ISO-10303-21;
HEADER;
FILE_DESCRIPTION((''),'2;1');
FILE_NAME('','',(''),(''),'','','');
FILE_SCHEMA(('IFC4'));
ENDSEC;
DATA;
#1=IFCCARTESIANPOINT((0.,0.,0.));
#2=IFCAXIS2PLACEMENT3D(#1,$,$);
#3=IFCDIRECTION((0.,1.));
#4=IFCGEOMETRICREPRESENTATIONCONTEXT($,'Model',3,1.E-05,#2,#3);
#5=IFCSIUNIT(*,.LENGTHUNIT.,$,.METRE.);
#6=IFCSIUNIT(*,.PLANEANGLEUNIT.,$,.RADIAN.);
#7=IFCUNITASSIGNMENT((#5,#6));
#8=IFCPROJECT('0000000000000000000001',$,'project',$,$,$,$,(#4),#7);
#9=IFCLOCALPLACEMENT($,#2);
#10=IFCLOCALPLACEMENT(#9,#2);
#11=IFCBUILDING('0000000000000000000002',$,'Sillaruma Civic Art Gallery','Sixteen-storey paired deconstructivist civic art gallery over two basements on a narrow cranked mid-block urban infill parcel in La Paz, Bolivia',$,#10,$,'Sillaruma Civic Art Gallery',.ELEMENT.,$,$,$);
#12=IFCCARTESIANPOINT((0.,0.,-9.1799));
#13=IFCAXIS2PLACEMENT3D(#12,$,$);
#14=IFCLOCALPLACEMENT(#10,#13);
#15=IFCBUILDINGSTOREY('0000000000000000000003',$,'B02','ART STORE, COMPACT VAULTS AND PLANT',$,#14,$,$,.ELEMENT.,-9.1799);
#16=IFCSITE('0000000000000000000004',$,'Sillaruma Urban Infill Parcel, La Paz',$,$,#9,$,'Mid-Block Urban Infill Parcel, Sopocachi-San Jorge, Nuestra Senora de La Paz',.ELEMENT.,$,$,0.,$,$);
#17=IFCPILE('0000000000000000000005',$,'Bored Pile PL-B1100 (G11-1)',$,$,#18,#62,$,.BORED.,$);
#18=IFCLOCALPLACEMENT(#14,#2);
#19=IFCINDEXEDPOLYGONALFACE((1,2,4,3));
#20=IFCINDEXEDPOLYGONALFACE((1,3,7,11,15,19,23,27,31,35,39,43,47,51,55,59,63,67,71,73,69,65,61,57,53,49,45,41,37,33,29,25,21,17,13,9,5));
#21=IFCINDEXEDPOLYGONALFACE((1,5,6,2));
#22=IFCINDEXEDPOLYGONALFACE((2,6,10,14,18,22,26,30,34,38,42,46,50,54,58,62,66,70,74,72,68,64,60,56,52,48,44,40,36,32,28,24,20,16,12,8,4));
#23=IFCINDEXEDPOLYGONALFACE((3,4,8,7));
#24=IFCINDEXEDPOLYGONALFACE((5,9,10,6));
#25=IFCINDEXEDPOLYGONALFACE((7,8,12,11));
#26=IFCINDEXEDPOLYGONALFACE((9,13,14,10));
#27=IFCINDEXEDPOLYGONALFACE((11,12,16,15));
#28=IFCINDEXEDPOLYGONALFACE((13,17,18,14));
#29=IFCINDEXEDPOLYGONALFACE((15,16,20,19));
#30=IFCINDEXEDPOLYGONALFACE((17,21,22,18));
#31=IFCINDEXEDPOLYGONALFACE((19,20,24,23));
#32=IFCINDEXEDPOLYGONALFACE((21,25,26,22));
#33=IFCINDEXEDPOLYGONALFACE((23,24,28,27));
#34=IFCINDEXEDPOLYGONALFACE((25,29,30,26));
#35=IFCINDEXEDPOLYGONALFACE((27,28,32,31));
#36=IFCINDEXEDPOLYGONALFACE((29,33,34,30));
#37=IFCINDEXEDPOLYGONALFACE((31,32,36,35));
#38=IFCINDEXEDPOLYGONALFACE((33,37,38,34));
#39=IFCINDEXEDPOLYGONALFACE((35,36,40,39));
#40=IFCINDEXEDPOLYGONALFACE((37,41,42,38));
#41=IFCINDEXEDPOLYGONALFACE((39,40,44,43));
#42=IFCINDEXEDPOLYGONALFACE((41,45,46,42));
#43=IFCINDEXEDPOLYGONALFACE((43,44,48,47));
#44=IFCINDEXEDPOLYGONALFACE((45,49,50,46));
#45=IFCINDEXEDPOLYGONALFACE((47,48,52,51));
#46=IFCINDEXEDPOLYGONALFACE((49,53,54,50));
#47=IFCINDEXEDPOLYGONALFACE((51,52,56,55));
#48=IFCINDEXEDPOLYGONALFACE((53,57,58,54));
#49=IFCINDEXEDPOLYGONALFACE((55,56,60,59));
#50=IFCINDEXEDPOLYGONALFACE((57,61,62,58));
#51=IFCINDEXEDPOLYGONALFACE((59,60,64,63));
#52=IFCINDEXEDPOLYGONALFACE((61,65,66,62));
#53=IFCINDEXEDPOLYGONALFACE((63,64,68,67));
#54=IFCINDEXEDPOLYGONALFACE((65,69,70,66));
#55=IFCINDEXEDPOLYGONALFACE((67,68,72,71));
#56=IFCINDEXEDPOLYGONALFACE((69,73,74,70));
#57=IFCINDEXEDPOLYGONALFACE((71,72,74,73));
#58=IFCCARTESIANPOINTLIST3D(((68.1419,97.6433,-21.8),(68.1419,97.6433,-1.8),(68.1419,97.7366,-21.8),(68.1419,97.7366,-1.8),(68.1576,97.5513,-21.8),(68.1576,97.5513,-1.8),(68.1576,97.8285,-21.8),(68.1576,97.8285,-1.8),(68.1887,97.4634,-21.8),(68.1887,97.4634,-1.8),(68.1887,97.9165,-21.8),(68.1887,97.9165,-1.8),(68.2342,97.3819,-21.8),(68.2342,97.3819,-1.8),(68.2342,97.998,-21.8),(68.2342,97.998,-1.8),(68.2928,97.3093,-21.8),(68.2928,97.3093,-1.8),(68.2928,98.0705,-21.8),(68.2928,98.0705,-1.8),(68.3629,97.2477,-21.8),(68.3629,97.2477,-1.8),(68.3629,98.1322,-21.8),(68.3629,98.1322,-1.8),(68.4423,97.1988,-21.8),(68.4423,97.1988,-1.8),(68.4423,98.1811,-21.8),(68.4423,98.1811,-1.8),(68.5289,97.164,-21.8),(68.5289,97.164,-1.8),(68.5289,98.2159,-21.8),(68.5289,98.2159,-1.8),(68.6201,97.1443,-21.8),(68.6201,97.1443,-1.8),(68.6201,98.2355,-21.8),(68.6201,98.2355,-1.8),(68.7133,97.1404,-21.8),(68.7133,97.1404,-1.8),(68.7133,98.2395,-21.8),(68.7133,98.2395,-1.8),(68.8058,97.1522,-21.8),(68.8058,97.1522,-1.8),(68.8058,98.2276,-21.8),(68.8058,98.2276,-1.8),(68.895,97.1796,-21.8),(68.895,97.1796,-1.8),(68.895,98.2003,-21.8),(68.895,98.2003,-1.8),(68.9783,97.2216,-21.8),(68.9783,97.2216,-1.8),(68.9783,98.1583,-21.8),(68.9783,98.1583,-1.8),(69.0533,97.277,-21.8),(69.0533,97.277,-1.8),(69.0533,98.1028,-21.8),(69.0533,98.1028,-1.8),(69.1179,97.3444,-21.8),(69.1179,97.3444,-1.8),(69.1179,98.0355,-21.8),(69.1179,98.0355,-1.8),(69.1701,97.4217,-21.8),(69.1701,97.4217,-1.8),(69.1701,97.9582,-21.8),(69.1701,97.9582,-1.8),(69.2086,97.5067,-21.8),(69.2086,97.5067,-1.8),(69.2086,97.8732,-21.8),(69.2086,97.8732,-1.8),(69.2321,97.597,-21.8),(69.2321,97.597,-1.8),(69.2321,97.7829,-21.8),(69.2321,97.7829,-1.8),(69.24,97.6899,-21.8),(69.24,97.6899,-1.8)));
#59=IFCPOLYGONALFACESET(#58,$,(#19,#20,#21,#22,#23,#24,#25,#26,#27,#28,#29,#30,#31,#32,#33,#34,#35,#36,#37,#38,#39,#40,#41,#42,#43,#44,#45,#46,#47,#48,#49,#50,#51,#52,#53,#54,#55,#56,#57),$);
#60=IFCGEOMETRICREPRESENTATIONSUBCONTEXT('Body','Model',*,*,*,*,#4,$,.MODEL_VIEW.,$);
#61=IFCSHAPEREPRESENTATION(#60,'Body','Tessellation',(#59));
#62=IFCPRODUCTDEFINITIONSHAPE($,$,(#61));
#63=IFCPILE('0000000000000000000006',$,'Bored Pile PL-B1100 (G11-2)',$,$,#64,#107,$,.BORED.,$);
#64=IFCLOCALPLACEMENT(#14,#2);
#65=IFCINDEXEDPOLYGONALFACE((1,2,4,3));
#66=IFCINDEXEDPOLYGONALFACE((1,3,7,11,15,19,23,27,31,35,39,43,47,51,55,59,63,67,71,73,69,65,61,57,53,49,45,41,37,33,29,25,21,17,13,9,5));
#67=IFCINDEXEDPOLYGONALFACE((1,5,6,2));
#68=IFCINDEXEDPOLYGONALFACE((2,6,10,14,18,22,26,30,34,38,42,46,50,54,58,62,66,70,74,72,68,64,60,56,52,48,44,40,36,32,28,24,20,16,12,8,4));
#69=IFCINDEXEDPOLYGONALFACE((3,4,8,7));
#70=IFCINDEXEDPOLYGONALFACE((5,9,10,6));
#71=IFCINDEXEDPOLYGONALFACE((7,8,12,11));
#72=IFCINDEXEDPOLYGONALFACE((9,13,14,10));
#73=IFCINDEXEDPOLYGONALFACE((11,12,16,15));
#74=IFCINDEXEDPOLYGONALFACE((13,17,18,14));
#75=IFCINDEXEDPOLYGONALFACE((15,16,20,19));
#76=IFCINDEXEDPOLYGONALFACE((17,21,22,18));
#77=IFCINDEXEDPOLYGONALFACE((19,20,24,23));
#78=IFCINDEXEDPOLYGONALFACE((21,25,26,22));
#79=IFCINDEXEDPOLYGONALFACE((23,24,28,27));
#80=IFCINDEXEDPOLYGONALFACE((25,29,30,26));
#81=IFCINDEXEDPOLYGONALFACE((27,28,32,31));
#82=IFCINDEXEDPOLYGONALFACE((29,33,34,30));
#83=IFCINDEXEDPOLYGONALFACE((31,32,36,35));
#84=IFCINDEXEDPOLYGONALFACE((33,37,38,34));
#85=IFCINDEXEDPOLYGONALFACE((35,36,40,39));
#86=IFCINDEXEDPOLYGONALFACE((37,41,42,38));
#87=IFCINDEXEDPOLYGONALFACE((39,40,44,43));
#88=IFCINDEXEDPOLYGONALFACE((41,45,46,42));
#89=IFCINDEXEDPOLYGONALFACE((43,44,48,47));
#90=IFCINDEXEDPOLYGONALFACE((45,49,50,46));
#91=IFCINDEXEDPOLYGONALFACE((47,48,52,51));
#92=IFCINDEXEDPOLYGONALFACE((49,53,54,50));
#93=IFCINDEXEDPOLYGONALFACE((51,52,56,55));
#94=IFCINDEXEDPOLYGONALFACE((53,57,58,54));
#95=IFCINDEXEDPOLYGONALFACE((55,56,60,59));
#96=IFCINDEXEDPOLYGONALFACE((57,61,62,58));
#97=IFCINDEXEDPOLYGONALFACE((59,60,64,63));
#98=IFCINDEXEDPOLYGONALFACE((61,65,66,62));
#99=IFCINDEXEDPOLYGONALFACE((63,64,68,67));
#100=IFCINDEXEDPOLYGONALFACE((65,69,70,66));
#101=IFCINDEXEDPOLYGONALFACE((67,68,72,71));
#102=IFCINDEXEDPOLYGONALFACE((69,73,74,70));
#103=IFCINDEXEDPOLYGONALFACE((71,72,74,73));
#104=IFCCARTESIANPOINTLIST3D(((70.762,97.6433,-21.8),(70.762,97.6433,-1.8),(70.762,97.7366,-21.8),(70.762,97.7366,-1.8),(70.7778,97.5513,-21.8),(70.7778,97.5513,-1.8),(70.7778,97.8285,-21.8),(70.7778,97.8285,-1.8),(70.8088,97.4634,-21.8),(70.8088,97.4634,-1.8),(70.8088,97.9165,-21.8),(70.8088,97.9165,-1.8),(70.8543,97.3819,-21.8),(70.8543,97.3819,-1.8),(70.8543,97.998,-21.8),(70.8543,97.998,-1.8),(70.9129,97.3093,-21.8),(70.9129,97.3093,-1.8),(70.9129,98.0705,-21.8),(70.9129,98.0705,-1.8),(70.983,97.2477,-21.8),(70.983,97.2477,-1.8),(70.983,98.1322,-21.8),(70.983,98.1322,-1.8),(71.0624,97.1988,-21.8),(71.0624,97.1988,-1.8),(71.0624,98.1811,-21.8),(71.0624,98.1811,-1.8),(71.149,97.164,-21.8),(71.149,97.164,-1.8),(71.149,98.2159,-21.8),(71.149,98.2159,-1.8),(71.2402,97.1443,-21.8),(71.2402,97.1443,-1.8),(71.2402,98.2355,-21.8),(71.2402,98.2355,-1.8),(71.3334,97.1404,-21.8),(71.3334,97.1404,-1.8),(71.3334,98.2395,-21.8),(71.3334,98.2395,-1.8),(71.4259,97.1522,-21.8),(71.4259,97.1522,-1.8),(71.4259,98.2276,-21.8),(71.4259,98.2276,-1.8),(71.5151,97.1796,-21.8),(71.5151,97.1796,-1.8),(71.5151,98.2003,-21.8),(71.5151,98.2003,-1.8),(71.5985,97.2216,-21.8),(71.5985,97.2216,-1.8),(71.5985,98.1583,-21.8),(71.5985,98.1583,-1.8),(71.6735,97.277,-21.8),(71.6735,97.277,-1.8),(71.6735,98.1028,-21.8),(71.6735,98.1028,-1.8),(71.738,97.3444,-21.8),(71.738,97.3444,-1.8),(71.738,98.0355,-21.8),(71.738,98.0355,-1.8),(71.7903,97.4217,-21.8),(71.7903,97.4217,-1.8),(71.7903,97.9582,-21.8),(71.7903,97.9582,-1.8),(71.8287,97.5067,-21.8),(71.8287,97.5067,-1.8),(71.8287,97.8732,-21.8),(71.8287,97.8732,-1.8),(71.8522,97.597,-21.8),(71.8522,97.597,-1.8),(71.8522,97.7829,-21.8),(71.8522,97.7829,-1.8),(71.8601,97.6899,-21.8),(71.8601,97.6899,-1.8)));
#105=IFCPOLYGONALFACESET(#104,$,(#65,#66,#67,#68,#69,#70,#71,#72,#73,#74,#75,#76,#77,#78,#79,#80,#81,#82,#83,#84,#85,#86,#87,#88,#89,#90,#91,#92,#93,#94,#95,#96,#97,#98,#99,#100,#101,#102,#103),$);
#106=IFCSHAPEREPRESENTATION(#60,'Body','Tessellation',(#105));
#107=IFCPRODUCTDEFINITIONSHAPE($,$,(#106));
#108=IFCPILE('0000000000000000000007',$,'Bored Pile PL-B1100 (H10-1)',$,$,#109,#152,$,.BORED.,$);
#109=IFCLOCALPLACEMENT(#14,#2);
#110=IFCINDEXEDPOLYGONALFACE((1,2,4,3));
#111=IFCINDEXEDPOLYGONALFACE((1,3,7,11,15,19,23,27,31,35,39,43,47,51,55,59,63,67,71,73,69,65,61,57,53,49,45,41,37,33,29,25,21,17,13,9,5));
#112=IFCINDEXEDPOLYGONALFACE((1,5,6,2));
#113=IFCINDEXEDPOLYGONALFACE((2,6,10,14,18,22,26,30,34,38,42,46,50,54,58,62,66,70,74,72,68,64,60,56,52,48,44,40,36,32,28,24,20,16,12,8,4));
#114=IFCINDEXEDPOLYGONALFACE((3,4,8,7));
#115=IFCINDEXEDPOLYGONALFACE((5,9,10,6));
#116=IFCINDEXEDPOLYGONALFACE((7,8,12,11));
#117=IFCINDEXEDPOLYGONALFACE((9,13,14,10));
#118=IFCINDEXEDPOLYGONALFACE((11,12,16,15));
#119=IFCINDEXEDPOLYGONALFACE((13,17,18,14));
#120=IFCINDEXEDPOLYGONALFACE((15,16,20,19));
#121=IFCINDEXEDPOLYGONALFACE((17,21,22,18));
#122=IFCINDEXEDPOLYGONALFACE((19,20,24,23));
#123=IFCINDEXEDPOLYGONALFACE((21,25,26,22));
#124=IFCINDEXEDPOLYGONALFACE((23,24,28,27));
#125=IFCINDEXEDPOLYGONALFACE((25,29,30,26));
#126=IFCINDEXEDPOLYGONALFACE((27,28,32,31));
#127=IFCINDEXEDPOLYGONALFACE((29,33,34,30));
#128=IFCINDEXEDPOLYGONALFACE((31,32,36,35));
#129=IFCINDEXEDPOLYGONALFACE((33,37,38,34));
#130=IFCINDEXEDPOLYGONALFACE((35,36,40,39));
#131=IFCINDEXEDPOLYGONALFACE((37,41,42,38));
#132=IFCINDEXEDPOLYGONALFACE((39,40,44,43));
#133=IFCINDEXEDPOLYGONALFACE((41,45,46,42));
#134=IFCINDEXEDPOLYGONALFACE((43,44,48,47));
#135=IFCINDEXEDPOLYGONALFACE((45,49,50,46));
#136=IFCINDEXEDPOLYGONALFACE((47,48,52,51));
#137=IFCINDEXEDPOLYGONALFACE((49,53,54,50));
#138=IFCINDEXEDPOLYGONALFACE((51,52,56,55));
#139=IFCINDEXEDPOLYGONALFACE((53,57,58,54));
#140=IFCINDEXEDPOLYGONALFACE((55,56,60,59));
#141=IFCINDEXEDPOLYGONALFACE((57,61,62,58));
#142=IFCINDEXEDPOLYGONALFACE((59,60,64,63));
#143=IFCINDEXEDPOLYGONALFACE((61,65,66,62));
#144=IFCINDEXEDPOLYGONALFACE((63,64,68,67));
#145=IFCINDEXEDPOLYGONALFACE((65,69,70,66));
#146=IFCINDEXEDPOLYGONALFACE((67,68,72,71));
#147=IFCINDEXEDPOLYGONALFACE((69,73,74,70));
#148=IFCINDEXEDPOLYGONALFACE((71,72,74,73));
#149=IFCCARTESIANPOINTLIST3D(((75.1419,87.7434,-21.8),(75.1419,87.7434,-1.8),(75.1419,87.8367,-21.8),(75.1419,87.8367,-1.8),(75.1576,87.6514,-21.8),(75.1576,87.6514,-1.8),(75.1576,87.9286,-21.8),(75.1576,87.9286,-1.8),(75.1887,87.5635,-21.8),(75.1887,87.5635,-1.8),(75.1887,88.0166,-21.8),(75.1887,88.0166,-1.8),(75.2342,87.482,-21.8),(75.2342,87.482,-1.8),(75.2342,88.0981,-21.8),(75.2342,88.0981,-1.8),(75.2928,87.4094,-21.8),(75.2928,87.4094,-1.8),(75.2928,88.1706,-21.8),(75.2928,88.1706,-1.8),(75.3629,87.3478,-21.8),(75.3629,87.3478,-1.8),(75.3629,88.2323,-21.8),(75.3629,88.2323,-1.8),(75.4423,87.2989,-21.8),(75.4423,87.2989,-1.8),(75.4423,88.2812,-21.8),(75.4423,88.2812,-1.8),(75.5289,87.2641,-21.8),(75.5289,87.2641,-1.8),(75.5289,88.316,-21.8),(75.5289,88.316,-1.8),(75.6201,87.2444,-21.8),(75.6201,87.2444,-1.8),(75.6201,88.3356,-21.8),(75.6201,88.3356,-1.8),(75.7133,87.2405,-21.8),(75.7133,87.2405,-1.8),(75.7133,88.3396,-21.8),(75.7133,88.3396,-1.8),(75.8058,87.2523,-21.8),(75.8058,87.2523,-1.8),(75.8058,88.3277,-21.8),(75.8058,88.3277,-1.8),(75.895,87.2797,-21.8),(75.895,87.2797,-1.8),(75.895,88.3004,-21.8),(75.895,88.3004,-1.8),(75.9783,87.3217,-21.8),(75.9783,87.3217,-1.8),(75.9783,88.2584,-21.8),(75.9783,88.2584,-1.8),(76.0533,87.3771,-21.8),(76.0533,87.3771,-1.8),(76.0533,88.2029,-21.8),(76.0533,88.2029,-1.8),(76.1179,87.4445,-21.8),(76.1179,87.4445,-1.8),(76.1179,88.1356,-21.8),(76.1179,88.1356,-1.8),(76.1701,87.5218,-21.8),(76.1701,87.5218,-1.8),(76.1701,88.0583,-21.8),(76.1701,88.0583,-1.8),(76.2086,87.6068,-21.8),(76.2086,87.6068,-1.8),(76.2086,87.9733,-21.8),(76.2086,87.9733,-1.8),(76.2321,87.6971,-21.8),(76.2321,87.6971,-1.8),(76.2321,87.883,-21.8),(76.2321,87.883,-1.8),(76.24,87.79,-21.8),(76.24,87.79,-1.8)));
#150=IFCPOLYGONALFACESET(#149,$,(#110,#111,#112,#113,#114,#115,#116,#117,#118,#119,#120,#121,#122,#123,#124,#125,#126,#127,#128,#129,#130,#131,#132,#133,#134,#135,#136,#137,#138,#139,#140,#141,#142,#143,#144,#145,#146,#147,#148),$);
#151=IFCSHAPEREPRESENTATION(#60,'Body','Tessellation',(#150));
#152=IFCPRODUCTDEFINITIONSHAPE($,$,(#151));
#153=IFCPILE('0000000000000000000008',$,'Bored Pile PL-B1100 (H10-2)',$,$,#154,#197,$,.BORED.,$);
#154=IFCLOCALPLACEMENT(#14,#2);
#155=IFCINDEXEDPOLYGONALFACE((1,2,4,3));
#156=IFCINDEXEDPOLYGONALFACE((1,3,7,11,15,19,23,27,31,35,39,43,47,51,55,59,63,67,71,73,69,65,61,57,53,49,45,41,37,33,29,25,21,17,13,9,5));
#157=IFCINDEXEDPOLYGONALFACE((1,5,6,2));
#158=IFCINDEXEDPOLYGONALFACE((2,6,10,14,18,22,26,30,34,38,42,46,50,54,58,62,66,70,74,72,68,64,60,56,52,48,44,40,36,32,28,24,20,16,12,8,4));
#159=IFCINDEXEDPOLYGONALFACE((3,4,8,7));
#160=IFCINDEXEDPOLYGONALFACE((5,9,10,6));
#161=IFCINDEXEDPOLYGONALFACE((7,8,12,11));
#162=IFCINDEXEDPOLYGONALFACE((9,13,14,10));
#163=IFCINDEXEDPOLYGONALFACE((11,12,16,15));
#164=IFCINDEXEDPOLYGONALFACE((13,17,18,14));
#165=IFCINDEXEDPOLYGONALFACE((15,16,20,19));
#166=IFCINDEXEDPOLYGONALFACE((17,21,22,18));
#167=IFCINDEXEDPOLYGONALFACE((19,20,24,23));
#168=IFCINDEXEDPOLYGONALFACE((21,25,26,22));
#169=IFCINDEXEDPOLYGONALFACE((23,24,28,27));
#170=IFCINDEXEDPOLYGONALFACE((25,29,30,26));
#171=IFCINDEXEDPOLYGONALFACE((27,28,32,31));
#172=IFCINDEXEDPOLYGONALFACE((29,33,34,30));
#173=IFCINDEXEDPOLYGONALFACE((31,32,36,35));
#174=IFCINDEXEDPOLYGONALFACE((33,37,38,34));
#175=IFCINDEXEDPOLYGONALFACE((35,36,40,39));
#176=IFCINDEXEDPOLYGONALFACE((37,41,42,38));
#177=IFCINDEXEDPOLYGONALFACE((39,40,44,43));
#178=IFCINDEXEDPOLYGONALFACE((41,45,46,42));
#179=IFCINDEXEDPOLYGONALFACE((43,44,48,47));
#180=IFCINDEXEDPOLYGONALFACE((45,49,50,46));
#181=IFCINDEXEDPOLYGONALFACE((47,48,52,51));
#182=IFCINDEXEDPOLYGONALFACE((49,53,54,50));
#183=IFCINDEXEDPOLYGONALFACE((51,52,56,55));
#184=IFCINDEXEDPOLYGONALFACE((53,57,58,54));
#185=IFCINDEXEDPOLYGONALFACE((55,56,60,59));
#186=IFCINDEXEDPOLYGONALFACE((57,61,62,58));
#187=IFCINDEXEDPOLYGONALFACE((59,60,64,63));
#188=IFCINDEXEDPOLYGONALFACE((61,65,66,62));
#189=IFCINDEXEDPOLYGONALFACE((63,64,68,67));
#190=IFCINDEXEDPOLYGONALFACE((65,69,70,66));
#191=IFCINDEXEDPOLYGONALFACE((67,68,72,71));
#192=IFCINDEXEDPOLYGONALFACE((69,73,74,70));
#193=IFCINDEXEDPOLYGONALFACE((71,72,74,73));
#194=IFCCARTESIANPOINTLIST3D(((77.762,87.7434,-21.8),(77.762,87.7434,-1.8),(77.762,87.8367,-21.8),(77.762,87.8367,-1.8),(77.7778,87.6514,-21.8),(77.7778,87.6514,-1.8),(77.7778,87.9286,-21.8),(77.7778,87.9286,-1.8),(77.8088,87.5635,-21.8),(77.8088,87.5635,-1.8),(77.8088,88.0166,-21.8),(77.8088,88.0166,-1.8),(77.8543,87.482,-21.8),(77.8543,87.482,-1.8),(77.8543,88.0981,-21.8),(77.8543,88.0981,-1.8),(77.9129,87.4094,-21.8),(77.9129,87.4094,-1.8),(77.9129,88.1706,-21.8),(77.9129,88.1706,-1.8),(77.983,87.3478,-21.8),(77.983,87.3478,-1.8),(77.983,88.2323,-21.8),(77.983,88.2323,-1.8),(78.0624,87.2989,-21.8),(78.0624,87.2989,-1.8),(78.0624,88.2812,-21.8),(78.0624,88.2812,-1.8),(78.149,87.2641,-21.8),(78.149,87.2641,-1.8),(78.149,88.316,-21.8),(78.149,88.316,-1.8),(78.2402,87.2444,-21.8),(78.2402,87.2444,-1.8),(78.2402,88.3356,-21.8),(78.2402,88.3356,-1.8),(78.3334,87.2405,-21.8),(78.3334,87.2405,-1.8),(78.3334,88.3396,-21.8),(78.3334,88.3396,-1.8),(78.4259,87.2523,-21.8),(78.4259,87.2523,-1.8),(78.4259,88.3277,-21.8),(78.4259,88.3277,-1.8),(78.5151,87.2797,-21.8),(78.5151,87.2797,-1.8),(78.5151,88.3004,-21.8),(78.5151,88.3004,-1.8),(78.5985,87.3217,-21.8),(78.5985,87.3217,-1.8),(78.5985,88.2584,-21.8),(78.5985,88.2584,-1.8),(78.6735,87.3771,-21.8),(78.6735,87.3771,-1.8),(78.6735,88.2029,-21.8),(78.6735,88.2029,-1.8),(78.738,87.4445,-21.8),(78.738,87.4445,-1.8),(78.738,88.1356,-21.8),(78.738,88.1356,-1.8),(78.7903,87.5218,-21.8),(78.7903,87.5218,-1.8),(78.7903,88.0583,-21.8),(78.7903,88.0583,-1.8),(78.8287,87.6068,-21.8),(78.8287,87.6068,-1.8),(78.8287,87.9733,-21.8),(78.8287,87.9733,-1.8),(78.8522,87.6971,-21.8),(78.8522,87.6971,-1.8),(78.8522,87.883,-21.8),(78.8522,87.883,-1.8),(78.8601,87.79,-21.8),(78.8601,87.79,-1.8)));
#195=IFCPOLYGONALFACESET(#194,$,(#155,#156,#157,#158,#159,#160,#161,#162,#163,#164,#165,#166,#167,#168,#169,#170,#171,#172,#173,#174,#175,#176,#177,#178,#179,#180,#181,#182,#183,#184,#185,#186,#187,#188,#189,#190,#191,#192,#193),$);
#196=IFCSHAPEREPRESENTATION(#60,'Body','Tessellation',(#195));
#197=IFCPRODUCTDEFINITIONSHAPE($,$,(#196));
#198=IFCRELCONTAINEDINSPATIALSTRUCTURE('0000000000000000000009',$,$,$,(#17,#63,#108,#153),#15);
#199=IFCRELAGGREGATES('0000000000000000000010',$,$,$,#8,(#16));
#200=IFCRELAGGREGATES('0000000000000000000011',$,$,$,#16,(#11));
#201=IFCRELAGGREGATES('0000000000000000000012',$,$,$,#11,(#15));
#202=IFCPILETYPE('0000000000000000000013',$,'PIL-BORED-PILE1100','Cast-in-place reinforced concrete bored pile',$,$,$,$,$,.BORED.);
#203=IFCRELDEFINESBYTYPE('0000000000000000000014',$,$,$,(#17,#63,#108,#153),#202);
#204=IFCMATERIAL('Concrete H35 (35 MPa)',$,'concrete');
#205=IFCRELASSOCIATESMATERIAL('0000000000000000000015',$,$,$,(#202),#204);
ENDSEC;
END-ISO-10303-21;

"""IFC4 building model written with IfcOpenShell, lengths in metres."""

from ifc_helpers import new_model, si_unit, direction, frame, origin, origin_2d, place, context, subcontext, project, spatial, circle, extrude, material, material_profile, profile_set, type_object, element, save


model = new_model("IFC4")

# Units and contexts
model_context = context("Model", 3, precision=1e-05, world=origin(), true_north=direction((0.0, 1.0)))
body_context = subcontext(model_context, "Body", "Model", "MODEL_VIEW")
ifc_project = project(units=[si_unit("LENGTHUNIT", "METRE"), si_unit("PLANEANGLEUNIT", "RADIAN")], contexts=[model_context])

# Site, building, storey
site_placement = place(None, origin())
site = spatial("IfcSite", under=ifc_project, at=site_placement, Name="Sillaruma Urban Infill Parcel, La Paz", LongName="Mid-Block Urban Infill Parcel, Sopocachi-San Jorge, Nuestra Senora de La Paz", CompositionType="ELEMENT", RefElevation=0.0)
building_placement = place(site_placement, origin())
building = spatial("IfcBuilding", under=site, at=building_placement, Name="Sillaruma Civic Art Gallery", Description="Sixteen-storey paired deconstructivist civic art gallery over two basements on a narrow cranked mid-block urban infill parcel in La Paz, Bolivia", LongName="Sillaruma Civic Art Gallery", CompositionType="ELEMENT")
storey_placement = place(building_placement, frame((0.0, 0.0, -9.1799)))
storey = spatial("IfcBuildingStorey", under=building, at=storey_placement, Name="B02", Description="ART STORE, COMPACT VAULTS AND PLANT", CompositionType="ELEMENT", Elevation=-9.1799)

# Shared definitions
ifc_material_1 = material(Name="Concrete H35 (35 MPa)", Category="concrete")

# Piles
ifc_material_profile_1 = material_profile(ifc_material_1, circle(Radius=0.55, at=origin_2d()), Name="PILE1100")
ifc_profile_set_1 = profile_set([ifc_material_profile_1], Name="Concrete H35 (35 MPa)")
pile_type_1 = type_object("IfcPileType", Name="PIL-BORED-PILE1100", Description="Cast-in-place reinforced concrete bored pile", PredefinedType="BORED", material=ifc_profile_set_1)
for number, where, z_axis, x_axis, name in (
    (1, (68.6899, 97.6899, -1.8), (0.0, 0.0, -1.0), (1.0, 0.0, 0.0), "Bored Pile PL-B1100 (G11-1)"),
    (2, (71.3101, 97.6899, -1.8), (0.0, 0.0, -1.0), (1.0, 0.0, 0.0), "Bored Pile PL-B1100 (G11-2)"),
    (3, (75.6899, 87.79, -1.8), (0.0, 0.0, -1.0), (1.0, 0.0, 0.0), "Bored Pile PL-B1100 (H10-1)"),
    (4, (78.3101, 87.79, -1.8), (0.0, 0.0, -1.0), (1.0, 0.0, 0.0), "Bored Pile PL-B1100 (H10-2)"),
):
    element("IfcPile", number, at=place(storey_placement, frame(where, z_axis=z_axis, x_axis=x_axis)), inside=storey, type_object=pile_type_1, Name=name, PredefinedType="BORED", context=body_context, shape_type="SweptSolid", body=[
        extrude(circle(Radius=0.55, at=origin_2d()), origin(), (0.0, 0.0, 1.0), 20.0),
    ])

save(model, "model.ifc")
